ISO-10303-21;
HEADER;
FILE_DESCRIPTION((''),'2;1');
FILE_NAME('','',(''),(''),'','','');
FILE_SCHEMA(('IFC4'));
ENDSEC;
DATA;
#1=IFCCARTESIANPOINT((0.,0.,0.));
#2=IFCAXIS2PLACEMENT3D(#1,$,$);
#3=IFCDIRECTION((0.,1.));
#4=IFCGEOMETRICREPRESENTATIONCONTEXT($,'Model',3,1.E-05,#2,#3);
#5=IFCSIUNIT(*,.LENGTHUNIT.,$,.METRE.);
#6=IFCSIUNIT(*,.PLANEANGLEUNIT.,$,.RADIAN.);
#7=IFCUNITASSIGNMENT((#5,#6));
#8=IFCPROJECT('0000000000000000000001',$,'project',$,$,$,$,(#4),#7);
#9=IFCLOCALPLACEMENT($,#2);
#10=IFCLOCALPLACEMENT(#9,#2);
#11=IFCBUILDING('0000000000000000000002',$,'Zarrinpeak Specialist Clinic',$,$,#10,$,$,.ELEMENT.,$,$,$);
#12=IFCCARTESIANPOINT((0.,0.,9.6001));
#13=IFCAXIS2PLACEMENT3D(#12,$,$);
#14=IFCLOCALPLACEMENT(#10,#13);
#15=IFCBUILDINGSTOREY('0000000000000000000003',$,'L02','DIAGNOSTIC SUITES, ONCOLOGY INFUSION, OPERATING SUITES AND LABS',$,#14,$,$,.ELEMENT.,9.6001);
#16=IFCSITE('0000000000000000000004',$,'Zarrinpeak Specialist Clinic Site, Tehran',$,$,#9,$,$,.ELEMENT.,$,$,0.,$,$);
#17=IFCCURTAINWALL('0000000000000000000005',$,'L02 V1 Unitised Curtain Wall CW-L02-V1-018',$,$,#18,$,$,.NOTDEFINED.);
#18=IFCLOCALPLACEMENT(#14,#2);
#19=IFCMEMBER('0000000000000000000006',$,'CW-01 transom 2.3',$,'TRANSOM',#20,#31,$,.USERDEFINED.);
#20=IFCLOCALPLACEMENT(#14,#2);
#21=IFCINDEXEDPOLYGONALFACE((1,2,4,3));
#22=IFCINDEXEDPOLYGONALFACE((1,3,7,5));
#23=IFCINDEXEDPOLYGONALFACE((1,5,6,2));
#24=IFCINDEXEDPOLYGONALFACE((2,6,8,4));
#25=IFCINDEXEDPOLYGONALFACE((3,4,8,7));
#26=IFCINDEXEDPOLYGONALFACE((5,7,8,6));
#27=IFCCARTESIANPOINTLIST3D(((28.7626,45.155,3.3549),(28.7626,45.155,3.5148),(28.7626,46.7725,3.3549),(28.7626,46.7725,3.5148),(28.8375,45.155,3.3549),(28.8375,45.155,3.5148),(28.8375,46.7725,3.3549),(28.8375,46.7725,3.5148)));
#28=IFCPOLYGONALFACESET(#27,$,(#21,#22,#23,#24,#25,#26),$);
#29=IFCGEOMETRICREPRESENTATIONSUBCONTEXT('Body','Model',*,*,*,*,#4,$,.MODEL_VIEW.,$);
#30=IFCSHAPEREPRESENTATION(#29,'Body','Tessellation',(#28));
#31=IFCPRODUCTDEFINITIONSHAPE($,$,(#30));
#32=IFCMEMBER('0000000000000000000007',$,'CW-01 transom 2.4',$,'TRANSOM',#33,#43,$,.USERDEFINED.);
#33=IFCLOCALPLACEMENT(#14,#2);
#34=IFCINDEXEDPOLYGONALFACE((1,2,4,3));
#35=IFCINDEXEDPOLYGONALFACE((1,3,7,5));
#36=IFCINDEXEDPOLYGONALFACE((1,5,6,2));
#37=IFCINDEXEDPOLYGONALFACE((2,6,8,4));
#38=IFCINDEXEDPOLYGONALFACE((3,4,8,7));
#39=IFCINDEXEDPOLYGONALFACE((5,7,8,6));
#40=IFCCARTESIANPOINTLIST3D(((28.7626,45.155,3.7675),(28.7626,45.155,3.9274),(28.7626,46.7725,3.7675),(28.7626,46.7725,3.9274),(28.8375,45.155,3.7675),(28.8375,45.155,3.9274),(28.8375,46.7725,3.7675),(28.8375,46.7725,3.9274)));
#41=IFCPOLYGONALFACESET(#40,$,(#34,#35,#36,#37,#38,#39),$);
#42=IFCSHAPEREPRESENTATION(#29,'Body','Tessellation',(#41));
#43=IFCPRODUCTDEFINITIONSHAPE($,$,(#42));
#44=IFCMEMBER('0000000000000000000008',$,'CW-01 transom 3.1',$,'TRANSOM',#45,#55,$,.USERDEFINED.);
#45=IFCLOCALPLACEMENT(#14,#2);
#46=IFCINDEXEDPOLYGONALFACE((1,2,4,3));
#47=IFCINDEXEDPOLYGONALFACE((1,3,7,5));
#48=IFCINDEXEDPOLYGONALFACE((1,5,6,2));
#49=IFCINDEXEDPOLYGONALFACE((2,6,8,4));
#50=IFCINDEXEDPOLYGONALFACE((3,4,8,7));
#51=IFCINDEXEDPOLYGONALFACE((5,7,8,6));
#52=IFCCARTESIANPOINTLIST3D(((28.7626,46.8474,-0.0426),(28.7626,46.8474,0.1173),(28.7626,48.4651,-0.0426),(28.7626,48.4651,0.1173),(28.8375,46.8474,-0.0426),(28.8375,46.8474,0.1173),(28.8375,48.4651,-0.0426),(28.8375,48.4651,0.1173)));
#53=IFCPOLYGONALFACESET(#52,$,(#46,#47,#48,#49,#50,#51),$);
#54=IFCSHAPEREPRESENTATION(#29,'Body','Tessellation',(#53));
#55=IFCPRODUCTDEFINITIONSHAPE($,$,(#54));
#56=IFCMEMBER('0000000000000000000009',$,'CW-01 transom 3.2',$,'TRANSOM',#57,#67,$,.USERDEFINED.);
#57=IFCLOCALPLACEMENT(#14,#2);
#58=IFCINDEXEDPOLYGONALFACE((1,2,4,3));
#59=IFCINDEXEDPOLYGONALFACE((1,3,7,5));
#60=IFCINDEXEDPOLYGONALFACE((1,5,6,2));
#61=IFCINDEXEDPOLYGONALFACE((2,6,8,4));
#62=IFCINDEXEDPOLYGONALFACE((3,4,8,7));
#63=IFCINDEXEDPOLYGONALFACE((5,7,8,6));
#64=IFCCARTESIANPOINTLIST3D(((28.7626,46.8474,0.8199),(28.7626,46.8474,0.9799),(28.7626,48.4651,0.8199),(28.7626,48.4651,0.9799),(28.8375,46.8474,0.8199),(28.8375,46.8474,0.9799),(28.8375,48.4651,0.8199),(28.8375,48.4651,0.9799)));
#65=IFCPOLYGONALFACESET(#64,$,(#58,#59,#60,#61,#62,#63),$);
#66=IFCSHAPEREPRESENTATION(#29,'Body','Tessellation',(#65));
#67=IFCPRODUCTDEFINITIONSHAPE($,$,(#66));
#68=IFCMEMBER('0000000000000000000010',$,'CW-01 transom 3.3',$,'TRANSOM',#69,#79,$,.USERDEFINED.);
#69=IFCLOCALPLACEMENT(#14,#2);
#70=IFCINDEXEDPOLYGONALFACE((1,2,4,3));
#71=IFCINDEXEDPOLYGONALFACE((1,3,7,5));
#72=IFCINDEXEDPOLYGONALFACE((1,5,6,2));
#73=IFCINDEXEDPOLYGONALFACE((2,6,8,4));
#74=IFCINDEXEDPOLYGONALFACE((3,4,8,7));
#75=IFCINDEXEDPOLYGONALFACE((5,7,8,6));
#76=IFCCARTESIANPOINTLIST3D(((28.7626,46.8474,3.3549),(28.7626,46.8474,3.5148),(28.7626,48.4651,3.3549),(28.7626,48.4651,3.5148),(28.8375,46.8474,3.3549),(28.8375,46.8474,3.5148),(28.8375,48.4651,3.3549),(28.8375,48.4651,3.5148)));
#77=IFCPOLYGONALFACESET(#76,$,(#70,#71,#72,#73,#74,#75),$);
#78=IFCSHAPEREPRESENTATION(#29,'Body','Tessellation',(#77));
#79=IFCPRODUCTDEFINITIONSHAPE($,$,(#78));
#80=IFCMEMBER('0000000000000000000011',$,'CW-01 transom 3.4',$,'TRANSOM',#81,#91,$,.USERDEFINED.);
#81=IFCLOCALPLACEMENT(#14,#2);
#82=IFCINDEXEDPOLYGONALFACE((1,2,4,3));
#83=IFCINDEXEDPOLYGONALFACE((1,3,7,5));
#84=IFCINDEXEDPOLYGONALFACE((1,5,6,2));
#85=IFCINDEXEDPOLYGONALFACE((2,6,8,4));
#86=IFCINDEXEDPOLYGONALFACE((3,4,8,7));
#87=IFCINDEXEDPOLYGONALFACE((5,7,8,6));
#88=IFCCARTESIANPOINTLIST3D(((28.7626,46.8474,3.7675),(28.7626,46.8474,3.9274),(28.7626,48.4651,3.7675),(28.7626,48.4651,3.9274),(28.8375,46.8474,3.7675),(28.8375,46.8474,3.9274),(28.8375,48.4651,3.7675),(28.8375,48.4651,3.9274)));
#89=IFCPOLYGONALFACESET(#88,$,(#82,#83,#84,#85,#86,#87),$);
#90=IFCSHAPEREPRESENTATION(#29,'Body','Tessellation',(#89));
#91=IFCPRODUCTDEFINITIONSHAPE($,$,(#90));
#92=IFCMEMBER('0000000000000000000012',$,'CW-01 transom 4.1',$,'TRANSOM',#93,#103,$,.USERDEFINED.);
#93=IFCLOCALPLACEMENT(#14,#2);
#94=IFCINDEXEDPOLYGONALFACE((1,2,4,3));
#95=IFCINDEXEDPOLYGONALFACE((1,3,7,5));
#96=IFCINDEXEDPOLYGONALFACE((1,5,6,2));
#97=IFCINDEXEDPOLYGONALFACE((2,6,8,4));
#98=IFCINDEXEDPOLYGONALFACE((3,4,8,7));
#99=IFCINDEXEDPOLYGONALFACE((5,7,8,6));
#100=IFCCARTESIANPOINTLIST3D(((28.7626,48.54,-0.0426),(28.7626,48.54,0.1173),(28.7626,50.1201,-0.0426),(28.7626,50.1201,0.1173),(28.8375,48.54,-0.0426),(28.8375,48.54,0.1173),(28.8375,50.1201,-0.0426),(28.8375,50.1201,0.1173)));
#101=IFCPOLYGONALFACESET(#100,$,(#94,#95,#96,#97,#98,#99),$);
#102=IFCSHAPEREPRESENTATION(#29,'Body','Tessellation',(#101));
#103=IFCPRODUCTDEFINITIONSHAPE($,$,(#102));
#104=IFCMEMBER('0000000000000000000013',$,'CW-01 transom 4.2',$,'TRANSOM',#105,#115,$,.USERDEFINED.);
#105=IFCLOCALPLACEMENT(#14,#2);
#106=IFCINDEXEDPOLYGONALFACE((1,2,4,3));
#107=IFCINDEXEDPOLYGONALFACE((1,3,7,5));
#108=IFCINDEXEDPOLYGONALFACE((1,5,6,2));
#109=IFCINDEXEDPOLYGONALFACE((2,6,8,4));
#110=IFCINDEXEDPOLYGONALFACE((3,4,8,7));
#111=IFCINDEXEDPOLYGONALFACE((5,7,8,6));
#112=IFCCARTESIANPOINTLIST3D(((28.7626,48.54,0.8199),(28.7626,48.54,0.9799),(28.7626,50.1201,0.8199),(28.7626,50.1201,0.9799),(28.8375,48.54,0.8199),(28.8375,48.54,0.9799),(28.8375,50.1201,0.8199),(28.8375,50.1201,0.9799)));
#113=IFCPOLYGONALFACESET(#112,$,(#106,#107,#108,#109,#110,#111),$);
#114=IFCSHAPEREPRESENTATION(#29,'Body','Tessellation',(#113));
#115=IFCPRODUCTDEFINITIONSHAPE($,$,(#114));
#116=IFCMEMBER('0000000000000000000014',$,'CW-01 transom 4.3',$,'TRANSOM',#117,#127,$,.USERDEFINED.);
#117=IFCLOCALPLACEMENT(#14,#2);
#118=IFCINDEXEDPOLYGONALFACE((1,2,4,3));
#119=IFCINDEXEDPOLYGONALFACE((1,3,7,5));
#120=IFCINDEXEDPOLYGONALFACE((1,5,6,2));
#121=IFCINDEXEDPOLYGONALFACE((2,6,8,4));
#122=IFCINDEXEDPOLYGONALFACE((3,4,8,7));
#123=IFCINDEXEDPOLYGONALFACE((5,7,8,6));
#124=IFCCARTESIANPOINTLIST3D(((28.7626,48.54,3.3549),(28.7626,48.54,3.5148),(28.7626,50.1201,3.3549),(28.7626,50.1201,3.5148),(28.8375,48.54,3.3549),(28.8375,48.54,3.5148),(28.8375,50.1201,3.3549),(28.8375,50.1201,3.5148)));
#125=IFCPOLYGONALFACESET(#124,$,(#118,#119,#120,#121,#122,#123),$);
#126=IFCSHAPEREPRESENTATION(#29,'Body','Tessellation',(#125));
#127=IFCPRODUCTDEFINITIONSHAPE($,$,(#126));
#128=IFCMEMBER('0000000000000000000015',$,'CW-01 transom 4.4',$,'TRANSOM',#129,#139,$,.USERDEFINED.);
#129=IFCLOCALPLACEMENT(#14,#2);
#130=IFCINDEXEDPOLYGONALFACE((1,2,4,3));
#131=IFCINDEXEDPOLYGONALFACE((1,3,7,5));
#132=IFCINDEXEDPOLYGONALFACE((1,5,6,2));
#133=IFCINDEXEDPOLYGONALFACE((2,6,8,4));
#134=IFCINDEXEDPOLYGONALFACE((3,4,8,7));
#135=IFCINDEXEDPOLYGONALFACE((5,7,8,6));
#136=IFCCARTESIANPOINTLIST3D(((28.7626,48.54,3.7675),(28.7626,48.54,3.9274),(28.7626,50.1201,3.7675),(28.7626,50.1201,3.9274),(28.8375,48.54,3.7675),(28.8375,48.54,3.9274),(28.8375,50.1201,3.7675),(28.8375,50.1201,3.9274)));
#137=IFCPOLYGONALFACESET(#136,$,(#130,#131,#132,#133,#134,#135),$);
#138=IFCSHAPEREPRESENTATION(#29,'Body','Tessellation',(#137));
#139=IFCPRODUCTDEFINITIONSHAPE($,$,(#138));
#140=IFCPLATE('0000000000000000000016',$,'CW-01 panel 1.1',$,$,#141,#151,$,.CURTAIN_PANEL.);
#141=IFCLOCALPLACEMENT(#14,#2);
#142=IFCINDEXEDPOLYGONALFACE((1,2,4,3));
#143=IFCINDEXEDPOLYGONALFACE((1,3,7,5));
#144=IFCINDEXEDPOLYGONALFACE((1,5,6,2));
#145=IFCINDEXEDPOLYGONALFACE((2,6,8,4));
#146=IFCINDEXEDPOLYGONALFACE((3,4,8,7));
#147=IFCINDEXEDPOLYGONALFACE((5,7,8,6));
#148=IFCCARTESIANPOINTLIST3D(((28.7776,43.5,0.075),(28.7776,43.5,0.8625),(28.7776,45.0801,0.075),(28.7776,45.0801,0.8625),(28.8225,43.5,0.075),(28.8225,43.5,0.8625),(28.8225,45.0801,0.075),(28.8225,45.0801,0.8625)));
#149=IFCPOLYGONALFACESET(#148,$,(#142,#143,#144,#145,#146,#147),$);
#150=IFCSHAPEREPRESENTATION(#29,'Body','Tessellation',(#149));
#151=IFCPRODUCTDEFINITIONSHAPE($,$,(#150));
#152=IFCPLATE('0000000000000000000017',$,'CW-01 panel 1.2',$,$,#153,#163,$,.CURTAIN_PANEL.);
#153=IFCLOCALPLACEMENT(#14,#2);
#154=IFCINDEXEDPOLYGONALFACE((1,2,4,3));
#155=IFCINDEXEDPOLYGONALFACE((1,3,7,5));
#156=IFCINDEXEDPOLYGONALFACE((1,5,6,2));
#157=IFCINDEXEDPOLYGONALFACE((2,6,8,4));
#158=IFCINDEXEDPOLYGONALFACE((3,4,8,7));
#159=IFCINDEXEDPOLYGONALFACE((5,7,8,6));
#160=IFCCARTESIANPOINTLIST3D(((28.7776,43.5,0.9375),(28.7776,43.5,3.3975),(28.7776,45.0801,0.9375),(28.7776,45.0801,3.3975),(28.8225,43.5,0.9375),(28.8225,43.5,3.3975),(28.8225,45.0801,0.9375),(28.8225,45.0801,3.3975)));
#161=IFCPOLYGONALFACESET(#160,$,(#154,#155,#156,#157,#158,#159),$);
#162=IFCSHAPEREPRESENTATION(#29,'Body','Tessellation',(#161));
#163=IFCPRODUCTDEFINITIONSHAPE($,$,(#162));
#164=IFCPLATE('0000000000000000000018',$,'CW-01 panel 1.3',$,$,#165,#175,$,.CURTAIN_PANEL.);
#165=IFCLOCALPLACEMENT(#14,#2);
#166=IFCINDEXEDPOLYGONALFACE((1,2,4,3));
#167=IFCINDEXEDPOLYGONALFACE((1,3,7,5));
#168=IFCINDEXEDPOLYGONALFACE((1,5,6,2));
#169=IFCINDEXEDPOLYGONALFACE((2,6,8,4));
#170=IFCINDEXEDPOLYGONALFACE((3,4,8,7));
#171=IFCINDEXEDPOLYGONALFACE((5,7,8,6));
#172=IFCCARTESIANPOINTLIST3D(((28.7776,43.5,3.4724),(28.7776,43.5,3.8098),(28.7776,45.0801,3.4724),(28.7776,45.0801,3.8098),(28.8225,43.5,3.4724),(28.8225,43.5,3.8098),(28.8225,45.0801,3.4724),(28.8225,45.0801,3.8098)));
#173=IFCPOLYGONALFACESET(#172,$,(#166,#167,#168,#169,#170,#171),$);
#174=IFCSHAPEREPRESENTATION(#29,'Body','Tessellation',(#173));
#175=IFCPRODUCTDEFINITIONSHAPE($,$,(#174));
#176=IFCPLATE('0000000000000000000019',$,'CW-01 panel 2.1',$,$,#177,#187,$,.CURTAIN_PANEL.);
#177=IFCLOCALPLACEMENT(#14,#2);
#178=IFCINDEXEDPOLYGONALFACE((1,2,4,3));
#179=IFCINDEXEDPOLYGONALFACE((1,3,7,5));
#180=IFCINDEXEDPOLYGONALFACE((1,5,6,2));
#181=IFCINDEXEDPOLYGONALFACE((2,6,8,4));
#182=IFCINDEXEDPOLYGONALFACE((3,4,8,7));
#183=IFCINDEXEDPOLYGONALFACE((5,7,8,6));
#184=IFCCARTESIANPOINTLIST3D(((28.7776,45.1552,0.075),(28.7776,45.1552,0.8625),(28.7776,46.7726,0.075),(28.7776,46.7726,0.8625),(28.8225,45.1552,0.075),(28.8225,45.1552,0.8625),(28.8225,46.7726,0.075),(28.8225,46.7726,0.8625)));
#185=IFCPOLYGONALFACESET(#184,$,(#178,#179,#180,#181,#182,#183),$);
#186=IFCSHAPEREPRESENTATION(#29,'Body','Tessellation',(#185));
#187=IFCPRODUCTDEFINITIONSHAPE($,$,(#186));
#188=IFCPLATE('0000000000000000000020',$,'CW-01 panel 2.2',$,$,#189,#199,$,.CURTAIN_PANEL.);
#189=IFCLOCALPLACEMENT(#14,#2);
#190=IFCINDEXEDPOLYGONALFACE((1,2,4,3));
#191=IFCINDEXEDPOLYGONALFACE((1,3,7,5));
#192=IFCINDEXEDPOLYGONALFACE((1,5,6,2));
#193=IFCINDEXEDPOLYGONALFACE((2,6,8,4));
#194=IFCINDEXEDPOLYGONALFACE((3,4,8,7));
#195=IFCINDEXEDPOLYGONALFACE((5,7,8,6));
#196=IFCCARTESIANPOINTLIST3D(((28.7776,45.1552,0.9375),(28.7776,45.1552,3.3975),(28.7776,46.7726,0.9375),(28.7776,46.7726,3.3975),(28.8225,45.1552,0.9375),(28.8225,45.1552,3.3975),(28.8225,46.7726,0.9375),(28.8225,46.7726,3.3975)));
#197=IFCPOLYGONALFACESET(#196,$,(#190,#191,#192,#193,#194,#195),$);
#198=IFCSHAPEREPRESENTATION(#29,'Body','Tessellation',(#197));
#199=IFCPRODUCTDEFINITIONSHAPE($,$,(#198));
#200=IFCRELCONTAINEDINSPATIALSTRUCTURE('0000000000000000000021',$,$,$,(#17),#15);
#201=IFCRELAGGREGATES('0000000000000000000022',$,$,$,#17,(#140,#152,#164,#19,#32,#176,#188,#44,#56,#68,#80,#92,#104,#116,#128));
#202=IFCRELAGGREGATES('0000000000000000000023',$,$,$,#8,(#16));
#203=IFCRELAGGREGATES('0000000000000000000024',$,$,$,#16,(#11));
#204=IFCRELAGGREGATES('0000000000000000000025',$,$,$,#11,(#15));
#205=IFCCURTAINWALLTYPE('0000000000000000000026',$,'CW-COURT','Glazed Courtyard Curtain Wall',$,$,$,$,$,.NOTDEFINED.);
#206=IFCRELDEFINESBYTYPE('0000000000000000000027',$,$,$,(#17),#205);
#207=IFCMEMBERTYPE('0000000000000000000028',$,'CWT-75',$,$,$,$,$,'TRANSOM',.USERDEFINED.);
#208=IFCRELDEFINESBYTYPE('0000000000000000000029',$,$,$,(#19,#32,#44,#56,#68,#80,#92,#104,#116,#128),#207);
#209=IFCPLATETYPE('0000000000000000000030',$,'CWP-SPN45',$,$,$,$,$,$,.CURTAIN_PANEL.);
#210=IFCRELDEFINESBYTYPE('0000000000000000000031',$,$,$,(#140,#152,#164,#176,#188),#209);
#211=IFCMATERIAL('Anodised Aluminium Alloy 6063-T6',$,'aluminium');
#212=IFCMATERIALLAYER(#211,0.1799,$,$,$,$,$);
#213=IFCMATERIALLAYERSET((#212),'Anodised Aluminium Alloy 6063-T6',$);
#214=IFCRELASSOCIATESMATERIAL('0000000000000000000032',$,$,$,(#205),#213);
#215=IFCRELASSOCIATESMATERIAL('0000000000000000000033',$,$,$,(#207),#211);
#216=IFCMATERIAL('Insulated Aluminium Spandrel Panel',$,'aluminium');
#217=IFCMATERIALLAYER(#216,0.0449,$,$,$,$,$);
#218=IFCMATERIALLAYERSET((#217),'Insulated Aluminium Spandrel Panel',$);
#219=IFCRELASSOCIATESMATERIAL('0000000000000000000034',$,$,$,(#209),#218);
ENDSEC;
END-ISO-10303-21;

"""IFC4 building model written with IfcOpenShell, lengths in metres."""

from ifc_helpers import new_model, si_unit, direction, frame, origin, origin_2d, place, context, subcontext, project, spatial, rectangle, extrude, material, layer, layer_set, material_profile, profile_set, type_object, element, aggregate, save


model = new_model("IFC4")

# Units and contexts
model_context = context("Model", 3, precision=1e-05, world=origin(), true_north=direction((0.0, 1.0)))
body_context = subcontext(model_context, "Body", "Model", "MODEL_VIEW")
ifc_project = project(units=[si_unit("LENGTHUNIT", "METRE"), si_unit("PLANEANGLEUNIT", "RADIAN")], contexts=[model_context])

# Site, building, storey
site_placement = place(None, origin())
site = spatial("IfcSite", under=ifc_project, at=site_placement, Name="Zarrinpeak Specialist Clinic Site, Tehran", CompositionType="ELEMENT", RefElevation=0.0)
building_placement = place(site_placement, origin())
building = spatial("IfcBuilding", under=site, at=building_placement, Name="Zarrinpeak Specialist Clinic", CompositionType="ELEMENT")
storey_placement = place(building_placement, frame((0.0, 0.0, 9.6001)))
storey = spatial("IfcBuildingStorey", under=building, at=storey_placement, Name="L02", Description="DIAGNOSTIC SUITES, ONCOLOGY INFUSION, OPERATING SUITES AND LABS", CompositionType="ELEMENT", Elevation=9.6001)

# Curtain wall, members, plates
ifc_material_1 = material(Name="Anodised Aluminium Alloy 6063-T6", Category="aluminium")
ifc_layer_1 = layer(ifc_material_1, 0.1799)
ifc_layer_set_1 = layer_set([ifc_layer_1], Name="Anodised Aluminium Alloy 6063-T6")
curtain_wall_type = type_object("IfcCurtainWallType", Name="CW-COURT", Description="Glazed Courtyard Curtain Wall", PredefinedType="NOTDEFINED", material=ifc_layer_set_1)
curtain_wall_placement = place(storey_placement, origin())
curtain_wall = element("IfcCurtainWall", 1, at=curtain_wall_placement, inside=storey, type_object=curtain_wall_type, Name="L02 V1 Unitised Curtain Wall CW-L02-V1-018", PredefinedType="NOTDEFINED")
ifc_material_profile_1 = material_profile(ifc_material_1, rectangle(XDim=0.075, YDim=0.1599, at=origin_2d()), Name="ALU 75x160")
ifc_profile_set_1 = profile_set([ifc_material_profile_1], Name="Anodised Aluminium Alloy 6063-T6")
member_type_1 = type_object("IfcMemberType", Name="CWT-75", ElementType="TRANSOM", PredefinedType="USERDEFINED", material=ifc_profile_set_1)
member_1_placement = place(storey_placement, frame((28.8, 45.155, 3.4348), z_axis=(0.0, 1.0, 0.0), x_axis=(-1.0, 0.0, 0.0)))
member_1 = element("IfcMember", 2, at=member_1_placement, type_object=member_type_1, Name="CW-01 transom 2.3", ObjectType="TRANSOM", PredefinedType="USERDEFINED", context=body_context, shape_type="SweptSolid", body=[
    extrude(rectangle(XDim=0.075, YDim=0.1599, at=origin_2d()), origin(), (0.0, 0.0, 1.0), 1.6174),
])
member_2_placement = place(storey_placement, frame((28.8, 45.155, 3.8474), z_axis=(0.0, 1.0, 0.0), x_axis=(-1.0, 0.0, 0.0)))
member_2 = element("IfcMember", 3, at=member_2_placement, type_object=member_type_1, Name="CW-01 transom 2.4", ObjectType="TRANSOM", PredefinedType="USERDEFINED", context=body_context, shape_type="SweptSolid", body=[
    extrude(rectangle(XDim=0.075, YDim=0.1599, at=origin_2d()), origin(), (0.0, 0.0, 1.0), 1.6174),
])
member_3_placement = place(storey_placement, frame((28.8, 46.8474, 0.0374), z_axis=(0.0, 1.0, 0.0), x_axis=(-1.0, 0.0, 0.0)))
member_3 = element("IfcMember", 4, at=member_3_placement, type_object=member_type_1, Name="CW-01 transom 3.1", ObjectType="TRANSOM", PredefinedType="USERDEFINED", context=body_context, shape_type="SweptSolid", body=[
    extrude(rectangle(XDim=0.075, YDim=0.1599, at=origin_2d()), origin(), (0.0, 0.0, 1.0), 1.6177),
])
member_4_placement = place(storey_placement, frame((28.8, 46.8474, 0.8999), z_axis=(0.0, 1.0, 0.0), x_axis=(-1.0, 0.0, 0.0)))
member_4 = element("IfcMember", 5, at=member_4_placement, type_object=member_type_1, Name="CW-01 transom 3.2", ObjectType="TRANSOM", PredefinedType="USERDEFINED", context=body_context, shape_type="SweptSolid", body=[
    extrude(rectangle(XDim=0.075, YDim=0.1599, at=origin_2d()), origin(), (0.0, 0.0, 1.0), 1.6177),
])
member_5_placement = place(storey_placement, frame((28.8, 46.8474, 3.4348), z_axis=(0.0, 1.0, 0.0), x_axis=(-1.0, 0.0, 0.0)))
member_5 = element("IfcMember", 6, at=member_5_placement, type_object=member_type_1, Name="CW-01 transom 3.3", ObjectType="TRANSOM", PredefinedType="USERDEFINED", context=body_context, shape_type="SweptSolid", body=[
    extrude(rectangle(XDim=0.075, YDim=0.1599, at=origin_2d()), origin(), (0.0, 0.0, 1.0), 1.6177),
])
member_6_placement = place(storey_placement, frame((28.8, 46.8474, 3.8474), z_axis=(0.0, 1.0, 0.0), x_axis=(-1.0, 0.0, 0.0)))
member_6 = element("IfcMember", 7, at=member_6_placement, type_object=member_type_1, Name="CW-01 transom 3.4", ObjectType="TRANSOM", PredefinedType="USERDEFINED", context=body_context, shape_type="SweptSolid", body=[
    extrude(rectangle(XDim=0.075, YDim=0.1599, at=origin_2d()), origin(), (0.0, 0.0, 1.0), 1.6177),
])
member_7_placement = place(storey_placement, frame((28.8, 48.54, 0.0374), z_axis=(0.0, 1.0, 0.0), x_axis=(-1.0, 0.0, 0.0)))
member_7 = element("IfcMember", 8, at=member_7_placement, type_object=member_type_1, Name="CW-01 transom 4.1", ObjectType="TRANSOM", PredefinedType="USERDEFINED", context=body_context, shape_type="SweptSolid", body=[
    extrude(rectangle(XDim=0.075, YDim=0.1599, at=origin_2d()), origin(), (0.0, 0.0, 1.0), 1.5801),
])
member_8_placement = place(storey_placement, frame((28.8, 48.54, 0.8999), z_axis=(0.0, 1.0, 0.0), x_axis=(-1.0, 0.0, 0.0)))
member_8 = element("IfcMember", 9, at=member_8_placement, type_object=member_type_1, Name="CW-01 transom 4.2", ObjectType="TRANSOM", PredefinedType="USERDEFINED", context=body_context, shape_type="SweptSolid", body=[
    extrude(rectangle(XDim=0.075, YDim=0.1599, at=origin_2d()), origin(), (0.0, 0.0, 1.0), 1.5801),
])
member_9_placement = place(storey_placement, frame((28.8, 48.54, 3.4348), z_axis=(0.0, 1.0, 0.0), x_axis=(-1.0, 0.0, 0.0)))
member_9 = element("IfcMember", 10, at=member_9_placement, type_object=member_type_1, Name="CW-01 transom 4.3", ObjectType="TRANSOM", PredefinedType="USERDEFINED", context=body_context, shape_type="SweptSolid", body=[
    extrude(rectangle(XDim=0.075, YDim=0.1599, at=origin_2d()), origin(), (0.0, 0.0, 1.0), 1.5801),
])
member_10_placement = place(storey_placement, frame((28.8, 48.54, 3.8474), z_axis=(0.0, 1.0, 0.0), x_axis=(-1.0, 0.0, 0.0)))
member_10 = element("IfcMember", 11, at=member_10_placement, type_object=member_type_1, Name="CW-01 transom 4.4", ObjectType="TRANSOM", PredefinedType="USERDEFINED", context=body_context, shape_type="SweptSolid", body=[
    extrude(rectangle(XDim=0.075, YDim=0.1599, at=origin_2d()), origin(), (0.0, 0.0, 1.0), 1.5801),
])
ifc_material_2 = material(Name="Insulated Aluminium Spandrel Panel", Category="aluminium")
ifc_layer_2 = layer(ifc_material_2, 0.0449)
ifc_layer_set_2 = layer_set([ifc_layer_2], Name="Insulated Aluminium Spandrel Panel")
plate_type = type_object("IfcPlateType", Name="CWP-SPN45", PredefinedType="CURTAIN_PANEL", material=ifc_layer_set_2)
plate_1_placement = place(storey_placement, frame((28.8, 44.29, 0.075), z_axis=(0.0, 0.0, 1.0), x_axis=(0.0, 1.0, 0.0)))
plate_1 = element("IfcPlate", 12, at=plate_1_placement, type_object=plate_type, Name="CW-01 panel 1.1", PredefinedType="CURTAIN_PANEL", context=body_context, shape_type="SweptSolid", body=[
    extrude(rectangle(XDim=1.5801, YDim=0.0449, at=origin_2d()), origin(), (0.0, 0.0, 1.0), 0.7876),
])
plate_2_placement = place(storey_placement, frame((28.8, 44.29, 0.9375), z_axis=(0.0, 0.0, 1.0), x_axis=(0.0, 1.0, 0.0)))
plate_2 = element("IfcPlate", 13, at=plate_2_placement, type_object=plate_type, Name="CW-01 panel 1.2", PredefinedType="CURTAIN_PANEL", context=body_context, shape_type="SweptSolid", body=[
    extrude(rectangle(XDim=1.5801, YDim=0.0449, at=origin_2d()), origin(), (0.0, 0.0, 1.0), 2.46),
])
plate_3_placement = place(storey_placement, frame((28.8, 44.29, 3.4724), z_axis=(0.0, 0.0, 1.0), x_axis=(0.0, 1.0, 0.0)))
plate_3 = element("IfcPlate", 14, at=plate_3_placement, type_object=plate_type, Name="CW-01 panel 1.3", PredefinedType="CURTAIN_PANEL", context=body_context, shape_type="SweptSolid", body=[
    extrude(rectangle(XDim=1.5801, YDim=0.0449, at=origin_2d()), origin(), (0.0, 0.0, 1.0), 0.3374),
])
plate_4_placement = place(storey_placement, frame((28.8, 45.9639, 0.075), z_axis=(0.0, 0.0, 1.0), x_axis=(0.0, 1.0, 0.0)))
plate_4 = element("IfcPlate", 15, at=plate_4_placement, type_object=plate_type, Name="CW-01 panel 2.1", PredefinedType="CURTAIN_PANEL", context=body_context, shape_type="SweptSolid", body=[
    extrude(rectangle(XDim=1.6174, YDim=0.0449, at=origin_2d()), origin(), (0.0, 0.0, 1.0), 0.7876),
])
plate_5_placement = place(storey_placement, frame((28.8, 45.9639, 0.9375), z_axis=(0.0, 0.0, 1.0), x_axis=(0.0, 1.0, 0.0)))
plate_5 = element("IfcPlate", 16, at=plate_5_placement, type_object=plate_type, Name="CW-01 panel 2.2", PredefinedType="CURTAIN_PANEL", context=body_context, shape_type="SweptSolid", body=[
    extrude(rectangle(XDim=1.6174, YDim=0.0449, at=origin_2d()), origin(), (0.0, 0.0, 1.0), 2.46),
])
aggregate(curtain_wall, [plate_1, plate_2, plate_3, member_1, member_2, plate_4, plate_5, member_3, member_4, member_5, member_6, member_7, member_8, member_9, member_10])

save(model, "model.ifc")
